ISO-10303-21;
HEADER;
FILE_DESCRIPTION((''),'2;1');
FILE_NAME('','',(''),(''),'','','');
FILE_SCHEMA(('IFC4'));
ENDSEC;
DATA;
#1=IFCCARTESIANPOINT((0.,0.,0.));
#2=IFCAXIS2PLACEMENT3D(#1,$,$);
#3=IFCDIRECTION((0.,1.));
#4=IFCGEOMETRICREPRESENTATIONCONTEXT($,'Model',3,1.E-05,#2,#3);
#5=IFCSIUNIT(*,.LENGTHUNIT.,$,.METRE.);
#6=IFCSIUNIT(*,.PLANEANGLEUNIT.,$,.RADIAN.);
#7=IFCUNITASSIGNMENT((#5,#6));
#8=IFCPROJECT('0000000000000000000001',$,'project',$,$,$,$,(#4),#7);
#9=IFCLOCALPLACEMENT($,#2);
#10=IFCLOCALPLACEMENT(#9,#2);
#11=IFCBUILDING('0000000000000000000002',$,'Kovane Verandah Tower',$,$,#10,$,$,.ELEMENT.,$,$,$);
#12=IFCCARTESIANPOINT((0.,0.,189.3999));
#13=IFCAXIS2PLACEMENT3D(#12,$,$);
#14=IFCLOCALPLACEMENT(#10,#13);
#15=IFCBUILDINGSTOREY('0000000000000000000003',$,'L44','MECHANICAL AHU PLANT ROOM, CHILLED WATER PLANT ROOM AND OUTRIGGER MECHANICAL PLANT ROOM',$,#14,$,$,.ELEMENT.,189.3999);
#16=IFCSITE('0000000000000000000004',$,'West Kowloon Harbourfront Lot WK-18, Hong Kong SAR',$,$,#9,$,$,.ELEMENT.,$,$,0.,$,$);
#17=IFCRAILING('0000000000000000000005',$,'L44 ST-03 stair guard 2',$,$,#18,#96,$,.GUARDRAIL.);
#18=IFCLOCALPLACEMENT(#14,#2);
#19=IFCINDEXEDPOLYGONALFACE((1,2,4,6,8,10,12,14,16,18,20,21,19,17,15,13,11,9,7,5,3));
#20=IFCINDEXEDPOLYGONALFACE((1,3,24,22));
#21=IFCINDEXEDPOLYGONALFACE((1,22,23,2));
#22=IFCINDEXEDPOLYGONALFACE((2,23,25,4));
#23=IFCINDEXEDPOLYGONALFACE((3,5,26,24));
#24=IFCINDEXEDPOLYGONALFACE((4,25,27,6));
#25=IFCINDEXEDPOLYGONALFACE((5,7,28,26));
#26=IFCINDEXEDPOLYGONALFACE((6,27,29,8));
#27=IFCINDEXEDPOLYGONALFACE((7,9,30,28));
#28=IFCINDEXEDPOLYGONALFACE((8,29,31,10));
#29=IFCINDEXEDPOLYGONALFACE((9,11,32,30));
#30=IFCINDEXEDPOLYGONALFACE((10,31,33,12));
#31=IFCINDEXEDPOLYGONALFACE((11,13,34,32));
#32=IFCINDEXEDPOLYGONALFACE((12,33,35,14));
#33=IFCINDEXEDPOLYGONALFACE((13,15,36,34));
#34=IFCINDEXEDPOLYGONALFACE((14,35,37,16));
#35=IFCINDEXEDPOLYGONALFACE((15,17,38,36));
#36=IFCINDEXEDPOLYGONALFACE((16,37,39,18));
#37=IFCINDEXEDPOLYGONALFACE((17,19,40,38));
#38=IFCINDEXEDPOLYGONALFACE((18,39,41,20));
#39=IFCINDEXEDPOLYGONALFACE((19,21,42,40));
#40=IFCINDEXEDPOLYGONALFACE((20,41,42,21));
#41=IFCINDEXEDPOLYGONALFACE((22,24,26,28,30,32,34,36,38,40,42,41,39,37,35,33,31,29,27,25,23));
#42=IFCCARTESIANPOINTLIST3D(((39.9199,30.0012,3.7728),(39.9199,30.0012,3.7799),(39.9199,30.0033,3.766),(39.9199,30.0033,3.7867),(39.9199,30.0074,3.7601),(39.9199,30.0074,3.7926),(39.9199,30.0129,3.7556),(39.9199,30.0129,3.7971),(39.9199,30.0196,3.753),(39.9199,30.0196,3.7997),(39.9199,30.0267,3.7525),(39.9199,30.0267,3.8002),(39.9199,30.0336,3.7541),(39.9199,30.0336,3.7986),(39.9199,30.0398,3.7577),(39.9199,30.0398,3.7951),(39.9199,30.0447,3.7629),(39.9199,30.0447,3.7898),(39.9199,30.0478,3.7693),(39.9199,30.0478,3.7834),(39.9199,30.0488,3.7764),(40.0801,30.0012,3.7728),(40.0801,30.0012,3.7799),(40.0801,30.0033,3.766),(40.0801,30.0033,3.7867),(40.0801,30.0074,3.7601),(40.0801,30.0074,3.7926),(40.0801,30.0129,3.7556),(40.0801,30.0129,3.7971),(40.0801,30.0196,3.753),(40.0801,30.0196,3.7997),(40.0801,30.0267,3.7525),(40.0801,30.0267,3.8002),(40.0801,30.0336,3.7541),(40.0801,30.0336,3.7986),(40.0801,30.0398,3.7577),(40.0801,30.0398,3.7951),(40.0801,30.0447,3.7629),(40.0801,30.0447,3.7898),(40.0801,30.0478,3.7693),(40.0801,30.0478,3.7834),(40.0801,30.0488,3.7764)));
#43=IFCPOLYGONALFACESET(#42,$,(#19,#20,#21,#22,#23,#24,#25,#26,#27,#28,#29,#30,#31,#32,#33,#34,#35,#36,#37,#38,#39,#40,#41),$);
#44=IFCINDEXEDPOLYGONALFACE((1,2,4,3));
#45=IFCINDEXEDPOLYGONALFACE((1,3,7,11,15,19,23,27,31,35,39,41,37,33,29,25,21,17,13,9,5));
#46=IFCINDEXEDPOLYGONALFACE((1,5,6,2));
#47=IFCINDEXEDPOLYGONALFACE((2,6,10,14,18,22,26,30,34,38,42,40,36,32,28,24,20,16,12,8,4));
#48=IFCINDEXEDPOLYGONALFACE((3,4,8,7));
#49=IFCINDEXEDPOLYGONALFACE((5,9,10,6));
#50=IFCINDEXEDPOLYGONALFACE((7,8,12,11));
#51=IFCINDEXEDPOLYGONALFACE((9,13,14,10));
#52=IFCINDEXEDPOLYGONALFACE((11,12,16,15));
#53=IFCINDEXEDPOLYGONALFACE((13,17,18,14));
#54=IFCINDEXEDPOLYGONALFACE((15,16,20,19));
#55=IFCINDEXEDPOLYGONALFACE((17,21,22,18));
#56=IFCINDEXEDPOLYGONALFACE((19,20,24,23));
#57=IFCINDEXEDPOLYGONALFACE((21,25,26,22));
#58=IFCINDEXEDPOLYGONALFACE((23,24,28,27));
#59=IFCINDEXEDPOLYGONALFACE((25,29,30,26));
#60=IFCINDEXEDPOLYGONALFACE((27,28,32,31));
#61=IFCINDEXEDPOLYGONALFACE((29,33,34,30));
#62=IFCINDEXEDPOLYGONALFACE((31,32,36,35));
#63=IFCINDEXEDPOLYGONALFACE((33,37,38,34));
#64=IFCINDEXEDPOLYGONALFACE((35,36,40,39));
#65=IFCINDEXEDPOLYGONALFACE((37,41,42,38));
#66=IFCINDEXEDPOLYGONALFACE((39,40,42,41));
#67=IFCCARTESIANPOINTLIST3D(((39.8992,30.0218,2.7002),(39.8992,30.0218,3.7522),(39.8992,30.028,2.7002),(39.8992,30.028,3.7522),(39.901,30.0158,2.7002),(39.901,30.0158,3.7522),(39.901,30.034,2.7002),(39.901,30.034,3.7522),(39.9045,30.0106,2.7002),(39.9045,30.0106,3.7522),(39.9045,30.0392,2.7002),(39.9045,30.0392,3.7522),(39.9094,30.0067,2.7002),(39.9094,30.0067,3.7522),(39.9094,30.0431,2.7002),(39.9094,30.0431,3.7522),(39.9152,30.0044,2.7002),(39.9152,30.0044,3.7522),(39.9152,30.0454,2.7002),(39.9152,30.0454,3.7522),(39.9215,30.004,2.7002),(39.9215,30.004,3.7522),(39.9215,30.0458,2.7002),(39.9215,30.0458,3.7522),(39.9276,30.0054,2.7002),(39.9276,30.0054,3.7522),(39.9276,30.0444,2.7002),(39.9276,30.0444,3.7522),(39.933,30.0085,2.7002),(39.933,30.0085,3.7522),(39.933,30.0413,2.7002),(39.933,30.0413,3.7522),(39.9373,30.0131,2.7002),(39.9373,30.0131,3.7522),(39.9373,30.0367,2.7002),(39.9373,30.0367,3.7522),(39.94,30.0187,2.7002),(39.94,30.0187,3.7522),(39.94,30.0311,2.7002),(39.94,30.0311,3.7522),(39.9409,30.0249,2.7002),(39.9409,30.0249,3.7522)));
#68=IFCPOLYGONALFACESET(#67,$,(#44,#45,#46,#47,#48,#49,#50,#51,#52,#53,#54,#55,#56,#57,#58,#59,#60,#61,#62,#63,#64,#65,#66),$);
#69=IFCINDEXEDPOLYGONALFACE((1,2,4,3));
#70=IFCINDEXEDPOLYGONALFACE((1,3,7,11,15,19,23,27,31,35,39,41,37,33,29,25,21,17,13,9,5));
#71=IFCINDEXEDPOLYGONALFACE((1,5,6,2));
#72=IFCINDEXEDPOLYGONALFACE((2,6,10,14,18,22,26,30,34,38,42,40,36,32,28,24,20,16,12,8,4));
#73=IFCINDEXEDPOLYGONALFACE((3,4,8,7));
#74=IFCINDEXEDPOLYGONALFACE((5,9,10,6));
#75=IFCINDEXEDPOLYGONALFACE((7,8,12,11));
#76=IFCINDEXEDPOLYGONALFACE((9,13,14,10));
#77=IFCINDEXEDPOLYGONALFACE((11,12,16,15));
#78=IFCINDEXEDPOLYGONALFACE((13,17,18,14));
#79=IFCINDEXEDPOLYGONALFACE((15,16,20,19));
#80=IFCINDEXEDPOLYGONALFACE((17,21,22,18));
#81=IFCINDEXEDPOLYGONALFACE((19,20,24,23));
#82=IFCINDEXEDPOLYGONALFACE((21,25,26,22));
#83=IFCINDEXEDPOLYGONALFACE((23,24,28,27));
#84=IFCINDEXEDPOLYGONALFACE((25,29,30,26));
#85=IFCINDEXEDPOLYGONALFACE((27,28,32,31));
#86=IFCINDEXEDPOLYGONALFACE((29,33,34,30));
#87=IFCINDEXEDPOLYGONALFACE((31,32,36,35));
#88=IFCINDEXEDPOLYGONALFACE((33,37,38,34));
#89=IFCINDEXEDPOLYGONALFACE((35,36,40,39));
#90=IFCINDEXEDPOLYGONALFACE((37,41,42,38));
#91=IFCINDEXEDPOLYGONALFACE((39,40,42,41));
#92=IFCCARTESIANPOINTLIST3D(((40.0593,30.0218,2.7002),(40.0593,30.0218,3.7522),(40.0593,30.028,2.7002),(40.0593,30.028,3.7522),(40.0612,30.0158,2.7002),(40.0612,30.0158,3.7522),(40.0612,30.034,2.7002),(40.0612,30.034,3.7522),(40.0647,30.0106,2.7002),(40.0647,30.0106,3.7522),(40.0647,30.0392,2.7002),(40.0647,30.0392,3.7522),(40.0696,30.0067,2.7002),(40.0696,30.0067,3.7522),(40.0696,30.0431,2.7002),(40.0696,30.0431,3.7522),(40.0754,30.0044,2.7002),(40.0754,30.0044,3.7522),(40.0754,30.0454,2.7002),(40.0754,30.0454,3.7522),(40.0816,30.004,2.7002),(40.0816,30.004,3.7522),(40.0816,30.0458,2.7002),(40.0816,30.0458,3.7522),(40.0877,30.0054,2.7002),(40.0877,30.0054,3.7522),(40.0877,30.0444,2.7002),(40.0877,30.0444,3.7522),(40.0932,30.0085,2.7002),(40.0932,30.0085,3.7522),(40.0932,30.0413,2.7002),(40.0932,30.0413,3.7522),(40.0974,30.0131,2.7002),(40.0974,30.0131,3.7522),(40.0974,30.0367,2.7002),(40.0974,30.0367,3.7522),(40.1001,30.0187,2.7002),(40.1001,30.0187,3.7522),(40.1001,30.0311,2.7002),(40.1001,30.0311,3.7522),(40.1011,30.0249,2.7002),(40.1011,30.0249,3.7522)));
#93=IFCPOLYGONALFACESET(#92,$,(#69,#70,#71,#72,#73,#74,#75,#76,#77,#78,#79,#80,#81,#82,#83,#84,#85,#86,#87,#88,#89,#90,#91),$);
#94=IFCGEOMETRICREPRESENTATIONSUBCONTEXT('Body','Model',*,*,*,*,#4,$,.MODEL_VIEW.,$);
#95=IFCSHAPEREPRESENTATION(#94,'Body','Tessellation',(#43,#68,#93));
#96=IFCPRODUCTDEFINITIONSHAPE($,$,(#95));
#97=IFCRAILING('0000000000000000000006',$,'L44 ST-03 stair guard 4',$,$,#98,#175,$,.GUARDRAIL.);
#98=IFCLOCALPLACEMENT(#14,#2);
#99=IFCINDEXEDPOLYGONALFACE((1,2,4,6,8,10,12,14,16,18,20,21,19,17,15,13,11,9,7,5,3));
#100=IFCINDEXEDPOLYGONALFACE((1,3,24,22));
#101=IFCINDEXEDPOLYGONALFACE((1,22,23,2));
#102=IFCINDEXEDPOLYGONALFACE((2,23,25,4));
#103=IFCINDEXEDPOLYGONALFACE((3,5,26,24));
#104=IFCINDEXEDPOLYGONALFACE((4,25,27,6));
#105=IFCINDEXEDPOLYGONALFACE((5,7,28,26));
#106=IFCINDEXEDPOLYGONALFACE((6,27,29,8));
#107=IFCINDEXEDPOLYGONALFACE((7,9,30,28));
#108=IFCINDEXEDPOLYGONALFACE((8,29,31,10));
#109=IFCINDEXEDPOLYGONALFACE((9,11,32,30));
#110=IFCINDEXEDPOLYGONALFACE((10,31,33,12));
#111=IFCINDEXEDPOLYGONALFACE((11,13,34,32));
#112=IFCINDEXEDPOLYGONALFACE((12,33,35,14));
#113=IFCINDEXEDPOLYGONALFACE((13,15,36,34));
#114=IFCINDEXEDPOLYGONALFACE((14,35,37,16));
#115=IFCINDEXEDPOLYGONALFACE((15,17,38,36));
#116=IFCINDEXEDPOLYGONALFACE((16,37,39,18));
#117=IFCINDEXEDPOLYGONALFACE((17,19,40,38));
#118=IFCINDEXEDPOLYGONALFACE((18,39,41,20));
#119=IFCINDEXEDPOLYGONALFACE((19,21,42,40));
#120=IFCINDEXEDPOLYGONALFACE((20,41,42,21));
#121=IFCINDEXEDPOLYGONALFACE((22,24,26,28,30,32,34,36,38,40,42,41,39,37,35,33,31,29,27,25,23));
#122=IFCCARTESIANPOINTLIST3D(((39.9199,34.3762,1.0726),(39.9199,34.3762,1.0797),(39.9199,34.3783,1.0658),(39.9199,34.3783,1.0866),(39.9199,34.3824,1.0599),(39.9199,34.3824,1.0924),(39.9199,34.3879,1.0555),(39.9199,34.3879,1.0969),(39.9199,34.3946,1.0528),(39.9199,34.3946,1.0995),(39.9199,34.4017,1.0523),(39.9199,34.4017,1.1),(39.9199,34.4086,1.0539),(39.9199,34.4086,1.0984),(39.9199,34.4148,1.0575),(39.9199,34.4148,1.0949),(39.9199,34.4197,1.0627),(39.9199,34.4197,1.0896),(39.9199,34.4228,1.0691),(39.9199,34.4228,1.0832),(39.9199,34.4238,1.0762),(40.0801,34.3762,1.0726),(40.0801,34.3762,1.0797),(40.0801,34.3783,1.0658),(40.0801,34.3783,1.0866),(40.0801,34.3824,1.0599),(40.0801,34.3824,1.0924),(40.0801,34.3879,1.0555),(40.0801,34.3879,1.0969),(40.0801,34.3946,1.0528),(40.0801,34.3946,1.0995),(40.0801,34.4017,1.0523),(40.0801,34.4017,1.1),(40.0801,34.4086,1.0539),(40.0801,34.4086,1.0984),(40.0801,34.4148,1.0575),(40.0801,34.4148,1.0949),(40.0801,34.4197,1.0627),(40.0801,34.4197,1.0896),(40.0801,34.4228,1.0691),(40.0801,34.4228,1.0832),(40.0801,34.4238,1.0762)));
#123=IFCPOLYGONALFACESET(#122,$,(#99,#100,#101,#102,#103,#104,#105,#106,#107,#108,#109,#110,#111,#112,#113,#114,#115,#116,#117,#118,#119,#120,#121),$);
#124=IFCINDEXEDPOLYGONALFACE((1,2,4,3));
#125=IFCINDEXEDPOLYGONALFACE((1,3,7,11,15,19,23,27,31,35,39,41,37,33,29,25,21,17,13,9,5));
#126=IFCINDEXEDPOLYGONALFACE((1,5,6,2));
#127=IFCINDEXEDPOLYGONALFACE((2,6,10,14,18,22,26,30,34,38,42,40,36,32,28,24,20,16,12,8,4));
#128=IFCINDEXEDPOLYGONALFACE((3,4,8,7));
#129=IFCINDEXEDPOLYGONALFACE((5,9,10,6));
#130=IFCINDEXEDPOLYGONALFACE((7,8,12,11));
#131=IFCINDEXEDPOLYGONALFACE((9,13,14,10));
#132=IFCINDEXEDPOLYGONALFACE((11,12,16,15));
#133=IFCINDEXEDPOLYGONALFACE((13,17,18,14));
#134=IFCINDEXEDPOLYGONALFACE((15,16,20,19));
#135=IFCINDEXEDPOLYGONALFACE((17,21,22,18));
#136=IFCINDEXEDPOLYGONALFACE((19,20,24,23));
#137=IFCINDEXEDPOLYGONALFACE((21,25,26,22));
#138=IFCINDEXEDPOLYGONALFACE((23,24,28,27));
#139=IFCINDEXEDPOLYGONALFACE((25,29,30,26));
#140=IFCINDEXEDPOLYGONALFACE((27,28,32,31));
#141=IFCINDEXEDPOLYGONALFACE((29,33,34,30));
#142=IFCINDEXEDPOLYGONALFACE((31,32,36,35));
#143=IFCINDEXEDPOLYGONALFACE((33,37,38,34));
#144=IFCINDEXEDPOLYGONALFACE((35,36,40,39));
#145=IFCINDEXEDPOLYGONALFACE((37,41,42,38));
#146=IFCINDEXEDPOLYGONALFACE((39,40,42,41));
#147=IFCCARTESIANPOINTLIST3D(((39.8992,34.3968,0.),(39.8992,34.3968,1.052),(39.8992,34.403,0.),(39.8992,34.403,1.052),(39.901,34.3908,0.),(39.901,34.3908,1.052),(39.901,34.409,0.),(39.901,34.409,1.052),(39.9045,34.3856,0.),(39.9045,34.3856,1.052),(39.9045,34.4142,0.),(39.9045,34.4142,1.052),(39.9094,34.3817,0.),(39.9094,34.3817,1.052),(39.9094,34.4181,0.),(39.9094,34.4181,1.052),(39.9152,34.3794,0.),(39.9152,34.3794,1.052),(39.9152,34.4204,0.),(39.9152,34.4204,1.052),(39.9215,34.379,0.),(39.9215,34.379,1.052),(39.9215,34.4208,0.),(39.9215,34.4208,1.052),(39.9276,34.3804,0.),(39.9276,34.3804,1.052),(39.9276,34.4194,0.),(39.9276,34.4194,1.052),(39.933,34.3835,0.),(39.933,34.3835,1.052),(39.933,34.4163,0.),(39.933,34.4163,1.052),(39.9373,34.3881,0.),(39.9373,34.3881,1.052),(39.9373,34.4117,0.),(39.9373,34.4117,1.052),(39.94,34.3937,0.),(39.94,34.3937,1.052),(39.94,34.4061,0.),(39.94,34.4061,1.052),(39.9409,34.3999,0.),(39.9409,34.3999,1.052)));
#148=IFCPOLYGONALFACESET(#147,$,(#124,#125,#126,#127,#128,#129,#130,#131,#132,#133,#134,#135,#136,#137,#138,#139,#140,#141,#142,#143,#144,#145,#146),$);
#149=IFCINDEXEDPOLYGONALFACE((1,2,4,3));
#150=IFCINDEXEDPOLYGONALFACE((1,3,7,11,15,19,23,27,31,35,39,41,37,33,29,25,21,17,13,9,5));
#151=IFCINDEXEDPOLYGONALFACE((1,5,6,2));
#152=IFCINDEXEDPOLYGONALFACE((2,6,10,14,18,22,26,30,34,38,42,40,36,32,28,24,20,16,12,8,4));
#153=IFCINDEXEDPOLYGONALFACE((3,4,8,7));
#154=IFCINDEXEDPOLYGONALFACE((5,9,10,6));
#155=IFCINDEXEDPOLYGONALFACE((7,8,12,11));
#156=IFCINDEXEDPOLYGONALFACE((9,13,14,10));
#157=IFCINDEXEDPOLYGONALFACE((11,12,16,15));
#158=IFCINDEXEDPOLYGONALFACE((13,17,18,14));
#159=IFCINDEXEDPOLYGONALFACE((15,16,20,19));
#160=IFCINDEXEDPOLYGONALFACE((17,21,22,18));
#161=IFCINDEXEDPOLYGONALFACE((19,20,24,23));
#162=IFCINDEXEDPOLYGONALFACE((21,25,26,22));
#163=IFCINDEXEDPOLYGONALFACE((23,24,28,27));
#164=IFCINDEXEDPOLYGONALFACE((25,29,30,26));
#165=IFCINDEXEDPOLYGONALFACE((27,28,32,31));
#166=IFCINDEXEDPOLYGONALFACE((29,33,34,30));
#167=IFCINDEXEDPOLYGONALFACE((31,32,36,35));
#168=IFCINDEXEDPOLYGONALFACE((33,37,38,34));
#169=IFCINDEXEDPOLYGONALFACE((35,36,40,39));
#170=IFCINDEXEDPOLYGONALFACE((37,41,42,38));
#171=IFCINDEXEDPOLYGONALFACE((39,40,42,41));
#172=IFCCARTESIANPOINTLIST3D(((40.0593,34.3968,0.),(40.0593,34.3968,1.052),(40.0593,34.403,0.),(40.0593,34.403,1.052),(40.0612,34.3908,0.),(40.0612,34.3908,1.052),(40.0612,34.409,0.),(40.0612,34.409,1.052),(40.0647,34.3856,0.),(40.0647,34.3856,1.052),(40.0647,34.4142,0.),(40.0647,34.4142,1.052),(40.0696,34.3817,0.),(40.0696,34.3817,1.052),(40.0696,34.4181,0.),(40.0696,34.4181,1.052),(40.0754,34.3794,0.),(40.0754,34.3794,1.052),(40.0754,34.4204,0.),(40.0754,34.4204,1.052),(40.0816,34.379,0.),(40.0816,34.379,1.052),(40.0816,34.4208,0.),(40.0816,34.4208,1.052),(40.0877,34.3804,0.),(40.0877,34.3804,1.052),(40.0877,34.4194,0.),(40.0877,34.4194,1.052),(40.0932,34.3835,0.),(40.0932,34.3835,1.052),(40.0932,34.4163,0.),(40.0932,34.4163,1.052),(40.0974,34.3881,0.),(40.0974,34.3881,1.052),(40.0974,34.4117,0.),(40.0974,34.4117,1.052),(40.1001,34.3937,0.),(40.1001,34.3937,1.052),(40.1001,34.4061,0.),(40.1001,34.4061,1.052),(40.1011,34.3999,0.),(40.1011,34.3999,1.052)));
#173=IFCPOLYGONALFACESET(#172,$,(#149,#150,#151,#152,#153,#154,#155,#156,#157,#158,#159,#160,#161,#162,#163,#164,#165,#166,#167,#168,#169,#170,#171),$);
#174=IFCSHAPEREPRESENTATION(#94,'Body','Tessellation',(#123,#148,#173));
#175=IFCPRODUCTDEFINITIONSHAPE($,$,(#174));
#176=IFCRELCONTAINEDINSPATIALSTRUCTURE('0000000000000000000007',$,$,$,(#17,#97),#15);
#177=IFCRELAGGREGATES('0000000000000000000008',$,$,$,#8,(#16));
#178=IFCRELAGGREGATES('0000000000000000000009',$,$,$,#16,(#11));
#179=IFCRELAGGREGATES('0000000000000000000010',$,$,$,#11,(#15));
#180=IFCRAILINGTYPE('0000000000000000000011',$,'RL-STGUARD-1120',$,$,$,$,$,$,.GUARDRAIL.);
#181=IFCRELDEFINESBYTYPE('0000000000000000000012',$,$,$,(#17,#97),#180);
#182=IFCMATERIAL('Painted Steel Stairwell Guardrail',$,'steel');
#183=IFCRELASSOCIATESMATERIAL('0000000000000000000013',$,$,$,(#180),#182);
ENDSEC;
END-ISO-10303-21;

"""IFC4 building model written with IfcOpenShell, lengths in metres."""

from ifc_helpers import new_model, si_unit, direction, frame, origin, origin_2d, place, context, subcontext, project, spatial, circle, extrude, material, type_object, element, save


model = new_model("IFC4")

# Units and contexts
model_context = context("Model", 3, precision=1e-05, world=origin(), true_north=direction((0.0, 1.0)))
body_context = subcontext(model_context, "Body", "Model", "MODEL_VIEW")
ifc_project = project(units=[si_unit("LENGTHUNIT", "METRE"), si_unit("PLANEANGLEUNIT", "RADIAN")], contexts=[model_context])

# Site, building, storey
site_placement = place(None, origin())
site = spatial("IfcSite", under=ifc_project, at=site_placement, Name="West Kowloon Harbourfront Lot WK-18, Hong Kong SAR", CompositionType="ELEMENT", RefElevation=0.0)
building_placement = place(site_placement, origin())
building = spatial("IfcBuilding", under=site, at=building_placement, Name="Kovane Verandah Tower", CompositionType="ELEMENT")
storey_placement = place(building_placement, frame((0.0, 0.0, 189.3999)))
storey = spatial("IfcBuildingStorey", under=building, at=storey_placement, Name="L44", Description="MECHANICAL AHU PLANT ROOM, CHILLED WATER PLANT ROOM AND OUTRIGGER MECHANICAL PLANT ROOM", CompositionType="ELEMENT", Elevation=189.3999)

# Railings
ifc_material_1 = material(Name="Painted Steel Stairwell Guardrail", Category="steel")
railing_type_1 = type_object("IfcRailingType", Name="RL-STGUARD-1120", PredefinedType="GUARDRAIL", material=ifc_material_1)
for number, where, name in (
    (1, (39.9199, 30.0249, 2.7002), "L44 ST-03 stair guard 2"),
    (2, (39.9199, 34.3999, 0.0), "L44 ST-03 stair guard 4"),
):
    element("IfcRailing", number, at=place(storey_placement, frame(where)), inside=storey, type_object=railing_type_1, Name=name, PredefinedType="GUARDRAIL", context=body_context, shape_type="SweptSolid", body=[
        extrude(circle(Radius=0.0239, at=origin_2d()), frame((0.0, 0.0, 1.0762), z_axis=(1.0, 0.0, 0.0), x_axis=(0.0, 1.0, 0.0)), (0.0, 0.0, 1.0), 0.1602),
        extrude(circle(Radius=0.021, at=origin_2d()), origin(), (0.0, 0.0, 1.0), 1.052),
        extrude(circle(Radius=0.021, at=origin_2d()), frame((0.1602, 0.0, 0.0)), (0.0, 0.0, 1.0), 1.052),
    ])

save(model, "model.ifc")
